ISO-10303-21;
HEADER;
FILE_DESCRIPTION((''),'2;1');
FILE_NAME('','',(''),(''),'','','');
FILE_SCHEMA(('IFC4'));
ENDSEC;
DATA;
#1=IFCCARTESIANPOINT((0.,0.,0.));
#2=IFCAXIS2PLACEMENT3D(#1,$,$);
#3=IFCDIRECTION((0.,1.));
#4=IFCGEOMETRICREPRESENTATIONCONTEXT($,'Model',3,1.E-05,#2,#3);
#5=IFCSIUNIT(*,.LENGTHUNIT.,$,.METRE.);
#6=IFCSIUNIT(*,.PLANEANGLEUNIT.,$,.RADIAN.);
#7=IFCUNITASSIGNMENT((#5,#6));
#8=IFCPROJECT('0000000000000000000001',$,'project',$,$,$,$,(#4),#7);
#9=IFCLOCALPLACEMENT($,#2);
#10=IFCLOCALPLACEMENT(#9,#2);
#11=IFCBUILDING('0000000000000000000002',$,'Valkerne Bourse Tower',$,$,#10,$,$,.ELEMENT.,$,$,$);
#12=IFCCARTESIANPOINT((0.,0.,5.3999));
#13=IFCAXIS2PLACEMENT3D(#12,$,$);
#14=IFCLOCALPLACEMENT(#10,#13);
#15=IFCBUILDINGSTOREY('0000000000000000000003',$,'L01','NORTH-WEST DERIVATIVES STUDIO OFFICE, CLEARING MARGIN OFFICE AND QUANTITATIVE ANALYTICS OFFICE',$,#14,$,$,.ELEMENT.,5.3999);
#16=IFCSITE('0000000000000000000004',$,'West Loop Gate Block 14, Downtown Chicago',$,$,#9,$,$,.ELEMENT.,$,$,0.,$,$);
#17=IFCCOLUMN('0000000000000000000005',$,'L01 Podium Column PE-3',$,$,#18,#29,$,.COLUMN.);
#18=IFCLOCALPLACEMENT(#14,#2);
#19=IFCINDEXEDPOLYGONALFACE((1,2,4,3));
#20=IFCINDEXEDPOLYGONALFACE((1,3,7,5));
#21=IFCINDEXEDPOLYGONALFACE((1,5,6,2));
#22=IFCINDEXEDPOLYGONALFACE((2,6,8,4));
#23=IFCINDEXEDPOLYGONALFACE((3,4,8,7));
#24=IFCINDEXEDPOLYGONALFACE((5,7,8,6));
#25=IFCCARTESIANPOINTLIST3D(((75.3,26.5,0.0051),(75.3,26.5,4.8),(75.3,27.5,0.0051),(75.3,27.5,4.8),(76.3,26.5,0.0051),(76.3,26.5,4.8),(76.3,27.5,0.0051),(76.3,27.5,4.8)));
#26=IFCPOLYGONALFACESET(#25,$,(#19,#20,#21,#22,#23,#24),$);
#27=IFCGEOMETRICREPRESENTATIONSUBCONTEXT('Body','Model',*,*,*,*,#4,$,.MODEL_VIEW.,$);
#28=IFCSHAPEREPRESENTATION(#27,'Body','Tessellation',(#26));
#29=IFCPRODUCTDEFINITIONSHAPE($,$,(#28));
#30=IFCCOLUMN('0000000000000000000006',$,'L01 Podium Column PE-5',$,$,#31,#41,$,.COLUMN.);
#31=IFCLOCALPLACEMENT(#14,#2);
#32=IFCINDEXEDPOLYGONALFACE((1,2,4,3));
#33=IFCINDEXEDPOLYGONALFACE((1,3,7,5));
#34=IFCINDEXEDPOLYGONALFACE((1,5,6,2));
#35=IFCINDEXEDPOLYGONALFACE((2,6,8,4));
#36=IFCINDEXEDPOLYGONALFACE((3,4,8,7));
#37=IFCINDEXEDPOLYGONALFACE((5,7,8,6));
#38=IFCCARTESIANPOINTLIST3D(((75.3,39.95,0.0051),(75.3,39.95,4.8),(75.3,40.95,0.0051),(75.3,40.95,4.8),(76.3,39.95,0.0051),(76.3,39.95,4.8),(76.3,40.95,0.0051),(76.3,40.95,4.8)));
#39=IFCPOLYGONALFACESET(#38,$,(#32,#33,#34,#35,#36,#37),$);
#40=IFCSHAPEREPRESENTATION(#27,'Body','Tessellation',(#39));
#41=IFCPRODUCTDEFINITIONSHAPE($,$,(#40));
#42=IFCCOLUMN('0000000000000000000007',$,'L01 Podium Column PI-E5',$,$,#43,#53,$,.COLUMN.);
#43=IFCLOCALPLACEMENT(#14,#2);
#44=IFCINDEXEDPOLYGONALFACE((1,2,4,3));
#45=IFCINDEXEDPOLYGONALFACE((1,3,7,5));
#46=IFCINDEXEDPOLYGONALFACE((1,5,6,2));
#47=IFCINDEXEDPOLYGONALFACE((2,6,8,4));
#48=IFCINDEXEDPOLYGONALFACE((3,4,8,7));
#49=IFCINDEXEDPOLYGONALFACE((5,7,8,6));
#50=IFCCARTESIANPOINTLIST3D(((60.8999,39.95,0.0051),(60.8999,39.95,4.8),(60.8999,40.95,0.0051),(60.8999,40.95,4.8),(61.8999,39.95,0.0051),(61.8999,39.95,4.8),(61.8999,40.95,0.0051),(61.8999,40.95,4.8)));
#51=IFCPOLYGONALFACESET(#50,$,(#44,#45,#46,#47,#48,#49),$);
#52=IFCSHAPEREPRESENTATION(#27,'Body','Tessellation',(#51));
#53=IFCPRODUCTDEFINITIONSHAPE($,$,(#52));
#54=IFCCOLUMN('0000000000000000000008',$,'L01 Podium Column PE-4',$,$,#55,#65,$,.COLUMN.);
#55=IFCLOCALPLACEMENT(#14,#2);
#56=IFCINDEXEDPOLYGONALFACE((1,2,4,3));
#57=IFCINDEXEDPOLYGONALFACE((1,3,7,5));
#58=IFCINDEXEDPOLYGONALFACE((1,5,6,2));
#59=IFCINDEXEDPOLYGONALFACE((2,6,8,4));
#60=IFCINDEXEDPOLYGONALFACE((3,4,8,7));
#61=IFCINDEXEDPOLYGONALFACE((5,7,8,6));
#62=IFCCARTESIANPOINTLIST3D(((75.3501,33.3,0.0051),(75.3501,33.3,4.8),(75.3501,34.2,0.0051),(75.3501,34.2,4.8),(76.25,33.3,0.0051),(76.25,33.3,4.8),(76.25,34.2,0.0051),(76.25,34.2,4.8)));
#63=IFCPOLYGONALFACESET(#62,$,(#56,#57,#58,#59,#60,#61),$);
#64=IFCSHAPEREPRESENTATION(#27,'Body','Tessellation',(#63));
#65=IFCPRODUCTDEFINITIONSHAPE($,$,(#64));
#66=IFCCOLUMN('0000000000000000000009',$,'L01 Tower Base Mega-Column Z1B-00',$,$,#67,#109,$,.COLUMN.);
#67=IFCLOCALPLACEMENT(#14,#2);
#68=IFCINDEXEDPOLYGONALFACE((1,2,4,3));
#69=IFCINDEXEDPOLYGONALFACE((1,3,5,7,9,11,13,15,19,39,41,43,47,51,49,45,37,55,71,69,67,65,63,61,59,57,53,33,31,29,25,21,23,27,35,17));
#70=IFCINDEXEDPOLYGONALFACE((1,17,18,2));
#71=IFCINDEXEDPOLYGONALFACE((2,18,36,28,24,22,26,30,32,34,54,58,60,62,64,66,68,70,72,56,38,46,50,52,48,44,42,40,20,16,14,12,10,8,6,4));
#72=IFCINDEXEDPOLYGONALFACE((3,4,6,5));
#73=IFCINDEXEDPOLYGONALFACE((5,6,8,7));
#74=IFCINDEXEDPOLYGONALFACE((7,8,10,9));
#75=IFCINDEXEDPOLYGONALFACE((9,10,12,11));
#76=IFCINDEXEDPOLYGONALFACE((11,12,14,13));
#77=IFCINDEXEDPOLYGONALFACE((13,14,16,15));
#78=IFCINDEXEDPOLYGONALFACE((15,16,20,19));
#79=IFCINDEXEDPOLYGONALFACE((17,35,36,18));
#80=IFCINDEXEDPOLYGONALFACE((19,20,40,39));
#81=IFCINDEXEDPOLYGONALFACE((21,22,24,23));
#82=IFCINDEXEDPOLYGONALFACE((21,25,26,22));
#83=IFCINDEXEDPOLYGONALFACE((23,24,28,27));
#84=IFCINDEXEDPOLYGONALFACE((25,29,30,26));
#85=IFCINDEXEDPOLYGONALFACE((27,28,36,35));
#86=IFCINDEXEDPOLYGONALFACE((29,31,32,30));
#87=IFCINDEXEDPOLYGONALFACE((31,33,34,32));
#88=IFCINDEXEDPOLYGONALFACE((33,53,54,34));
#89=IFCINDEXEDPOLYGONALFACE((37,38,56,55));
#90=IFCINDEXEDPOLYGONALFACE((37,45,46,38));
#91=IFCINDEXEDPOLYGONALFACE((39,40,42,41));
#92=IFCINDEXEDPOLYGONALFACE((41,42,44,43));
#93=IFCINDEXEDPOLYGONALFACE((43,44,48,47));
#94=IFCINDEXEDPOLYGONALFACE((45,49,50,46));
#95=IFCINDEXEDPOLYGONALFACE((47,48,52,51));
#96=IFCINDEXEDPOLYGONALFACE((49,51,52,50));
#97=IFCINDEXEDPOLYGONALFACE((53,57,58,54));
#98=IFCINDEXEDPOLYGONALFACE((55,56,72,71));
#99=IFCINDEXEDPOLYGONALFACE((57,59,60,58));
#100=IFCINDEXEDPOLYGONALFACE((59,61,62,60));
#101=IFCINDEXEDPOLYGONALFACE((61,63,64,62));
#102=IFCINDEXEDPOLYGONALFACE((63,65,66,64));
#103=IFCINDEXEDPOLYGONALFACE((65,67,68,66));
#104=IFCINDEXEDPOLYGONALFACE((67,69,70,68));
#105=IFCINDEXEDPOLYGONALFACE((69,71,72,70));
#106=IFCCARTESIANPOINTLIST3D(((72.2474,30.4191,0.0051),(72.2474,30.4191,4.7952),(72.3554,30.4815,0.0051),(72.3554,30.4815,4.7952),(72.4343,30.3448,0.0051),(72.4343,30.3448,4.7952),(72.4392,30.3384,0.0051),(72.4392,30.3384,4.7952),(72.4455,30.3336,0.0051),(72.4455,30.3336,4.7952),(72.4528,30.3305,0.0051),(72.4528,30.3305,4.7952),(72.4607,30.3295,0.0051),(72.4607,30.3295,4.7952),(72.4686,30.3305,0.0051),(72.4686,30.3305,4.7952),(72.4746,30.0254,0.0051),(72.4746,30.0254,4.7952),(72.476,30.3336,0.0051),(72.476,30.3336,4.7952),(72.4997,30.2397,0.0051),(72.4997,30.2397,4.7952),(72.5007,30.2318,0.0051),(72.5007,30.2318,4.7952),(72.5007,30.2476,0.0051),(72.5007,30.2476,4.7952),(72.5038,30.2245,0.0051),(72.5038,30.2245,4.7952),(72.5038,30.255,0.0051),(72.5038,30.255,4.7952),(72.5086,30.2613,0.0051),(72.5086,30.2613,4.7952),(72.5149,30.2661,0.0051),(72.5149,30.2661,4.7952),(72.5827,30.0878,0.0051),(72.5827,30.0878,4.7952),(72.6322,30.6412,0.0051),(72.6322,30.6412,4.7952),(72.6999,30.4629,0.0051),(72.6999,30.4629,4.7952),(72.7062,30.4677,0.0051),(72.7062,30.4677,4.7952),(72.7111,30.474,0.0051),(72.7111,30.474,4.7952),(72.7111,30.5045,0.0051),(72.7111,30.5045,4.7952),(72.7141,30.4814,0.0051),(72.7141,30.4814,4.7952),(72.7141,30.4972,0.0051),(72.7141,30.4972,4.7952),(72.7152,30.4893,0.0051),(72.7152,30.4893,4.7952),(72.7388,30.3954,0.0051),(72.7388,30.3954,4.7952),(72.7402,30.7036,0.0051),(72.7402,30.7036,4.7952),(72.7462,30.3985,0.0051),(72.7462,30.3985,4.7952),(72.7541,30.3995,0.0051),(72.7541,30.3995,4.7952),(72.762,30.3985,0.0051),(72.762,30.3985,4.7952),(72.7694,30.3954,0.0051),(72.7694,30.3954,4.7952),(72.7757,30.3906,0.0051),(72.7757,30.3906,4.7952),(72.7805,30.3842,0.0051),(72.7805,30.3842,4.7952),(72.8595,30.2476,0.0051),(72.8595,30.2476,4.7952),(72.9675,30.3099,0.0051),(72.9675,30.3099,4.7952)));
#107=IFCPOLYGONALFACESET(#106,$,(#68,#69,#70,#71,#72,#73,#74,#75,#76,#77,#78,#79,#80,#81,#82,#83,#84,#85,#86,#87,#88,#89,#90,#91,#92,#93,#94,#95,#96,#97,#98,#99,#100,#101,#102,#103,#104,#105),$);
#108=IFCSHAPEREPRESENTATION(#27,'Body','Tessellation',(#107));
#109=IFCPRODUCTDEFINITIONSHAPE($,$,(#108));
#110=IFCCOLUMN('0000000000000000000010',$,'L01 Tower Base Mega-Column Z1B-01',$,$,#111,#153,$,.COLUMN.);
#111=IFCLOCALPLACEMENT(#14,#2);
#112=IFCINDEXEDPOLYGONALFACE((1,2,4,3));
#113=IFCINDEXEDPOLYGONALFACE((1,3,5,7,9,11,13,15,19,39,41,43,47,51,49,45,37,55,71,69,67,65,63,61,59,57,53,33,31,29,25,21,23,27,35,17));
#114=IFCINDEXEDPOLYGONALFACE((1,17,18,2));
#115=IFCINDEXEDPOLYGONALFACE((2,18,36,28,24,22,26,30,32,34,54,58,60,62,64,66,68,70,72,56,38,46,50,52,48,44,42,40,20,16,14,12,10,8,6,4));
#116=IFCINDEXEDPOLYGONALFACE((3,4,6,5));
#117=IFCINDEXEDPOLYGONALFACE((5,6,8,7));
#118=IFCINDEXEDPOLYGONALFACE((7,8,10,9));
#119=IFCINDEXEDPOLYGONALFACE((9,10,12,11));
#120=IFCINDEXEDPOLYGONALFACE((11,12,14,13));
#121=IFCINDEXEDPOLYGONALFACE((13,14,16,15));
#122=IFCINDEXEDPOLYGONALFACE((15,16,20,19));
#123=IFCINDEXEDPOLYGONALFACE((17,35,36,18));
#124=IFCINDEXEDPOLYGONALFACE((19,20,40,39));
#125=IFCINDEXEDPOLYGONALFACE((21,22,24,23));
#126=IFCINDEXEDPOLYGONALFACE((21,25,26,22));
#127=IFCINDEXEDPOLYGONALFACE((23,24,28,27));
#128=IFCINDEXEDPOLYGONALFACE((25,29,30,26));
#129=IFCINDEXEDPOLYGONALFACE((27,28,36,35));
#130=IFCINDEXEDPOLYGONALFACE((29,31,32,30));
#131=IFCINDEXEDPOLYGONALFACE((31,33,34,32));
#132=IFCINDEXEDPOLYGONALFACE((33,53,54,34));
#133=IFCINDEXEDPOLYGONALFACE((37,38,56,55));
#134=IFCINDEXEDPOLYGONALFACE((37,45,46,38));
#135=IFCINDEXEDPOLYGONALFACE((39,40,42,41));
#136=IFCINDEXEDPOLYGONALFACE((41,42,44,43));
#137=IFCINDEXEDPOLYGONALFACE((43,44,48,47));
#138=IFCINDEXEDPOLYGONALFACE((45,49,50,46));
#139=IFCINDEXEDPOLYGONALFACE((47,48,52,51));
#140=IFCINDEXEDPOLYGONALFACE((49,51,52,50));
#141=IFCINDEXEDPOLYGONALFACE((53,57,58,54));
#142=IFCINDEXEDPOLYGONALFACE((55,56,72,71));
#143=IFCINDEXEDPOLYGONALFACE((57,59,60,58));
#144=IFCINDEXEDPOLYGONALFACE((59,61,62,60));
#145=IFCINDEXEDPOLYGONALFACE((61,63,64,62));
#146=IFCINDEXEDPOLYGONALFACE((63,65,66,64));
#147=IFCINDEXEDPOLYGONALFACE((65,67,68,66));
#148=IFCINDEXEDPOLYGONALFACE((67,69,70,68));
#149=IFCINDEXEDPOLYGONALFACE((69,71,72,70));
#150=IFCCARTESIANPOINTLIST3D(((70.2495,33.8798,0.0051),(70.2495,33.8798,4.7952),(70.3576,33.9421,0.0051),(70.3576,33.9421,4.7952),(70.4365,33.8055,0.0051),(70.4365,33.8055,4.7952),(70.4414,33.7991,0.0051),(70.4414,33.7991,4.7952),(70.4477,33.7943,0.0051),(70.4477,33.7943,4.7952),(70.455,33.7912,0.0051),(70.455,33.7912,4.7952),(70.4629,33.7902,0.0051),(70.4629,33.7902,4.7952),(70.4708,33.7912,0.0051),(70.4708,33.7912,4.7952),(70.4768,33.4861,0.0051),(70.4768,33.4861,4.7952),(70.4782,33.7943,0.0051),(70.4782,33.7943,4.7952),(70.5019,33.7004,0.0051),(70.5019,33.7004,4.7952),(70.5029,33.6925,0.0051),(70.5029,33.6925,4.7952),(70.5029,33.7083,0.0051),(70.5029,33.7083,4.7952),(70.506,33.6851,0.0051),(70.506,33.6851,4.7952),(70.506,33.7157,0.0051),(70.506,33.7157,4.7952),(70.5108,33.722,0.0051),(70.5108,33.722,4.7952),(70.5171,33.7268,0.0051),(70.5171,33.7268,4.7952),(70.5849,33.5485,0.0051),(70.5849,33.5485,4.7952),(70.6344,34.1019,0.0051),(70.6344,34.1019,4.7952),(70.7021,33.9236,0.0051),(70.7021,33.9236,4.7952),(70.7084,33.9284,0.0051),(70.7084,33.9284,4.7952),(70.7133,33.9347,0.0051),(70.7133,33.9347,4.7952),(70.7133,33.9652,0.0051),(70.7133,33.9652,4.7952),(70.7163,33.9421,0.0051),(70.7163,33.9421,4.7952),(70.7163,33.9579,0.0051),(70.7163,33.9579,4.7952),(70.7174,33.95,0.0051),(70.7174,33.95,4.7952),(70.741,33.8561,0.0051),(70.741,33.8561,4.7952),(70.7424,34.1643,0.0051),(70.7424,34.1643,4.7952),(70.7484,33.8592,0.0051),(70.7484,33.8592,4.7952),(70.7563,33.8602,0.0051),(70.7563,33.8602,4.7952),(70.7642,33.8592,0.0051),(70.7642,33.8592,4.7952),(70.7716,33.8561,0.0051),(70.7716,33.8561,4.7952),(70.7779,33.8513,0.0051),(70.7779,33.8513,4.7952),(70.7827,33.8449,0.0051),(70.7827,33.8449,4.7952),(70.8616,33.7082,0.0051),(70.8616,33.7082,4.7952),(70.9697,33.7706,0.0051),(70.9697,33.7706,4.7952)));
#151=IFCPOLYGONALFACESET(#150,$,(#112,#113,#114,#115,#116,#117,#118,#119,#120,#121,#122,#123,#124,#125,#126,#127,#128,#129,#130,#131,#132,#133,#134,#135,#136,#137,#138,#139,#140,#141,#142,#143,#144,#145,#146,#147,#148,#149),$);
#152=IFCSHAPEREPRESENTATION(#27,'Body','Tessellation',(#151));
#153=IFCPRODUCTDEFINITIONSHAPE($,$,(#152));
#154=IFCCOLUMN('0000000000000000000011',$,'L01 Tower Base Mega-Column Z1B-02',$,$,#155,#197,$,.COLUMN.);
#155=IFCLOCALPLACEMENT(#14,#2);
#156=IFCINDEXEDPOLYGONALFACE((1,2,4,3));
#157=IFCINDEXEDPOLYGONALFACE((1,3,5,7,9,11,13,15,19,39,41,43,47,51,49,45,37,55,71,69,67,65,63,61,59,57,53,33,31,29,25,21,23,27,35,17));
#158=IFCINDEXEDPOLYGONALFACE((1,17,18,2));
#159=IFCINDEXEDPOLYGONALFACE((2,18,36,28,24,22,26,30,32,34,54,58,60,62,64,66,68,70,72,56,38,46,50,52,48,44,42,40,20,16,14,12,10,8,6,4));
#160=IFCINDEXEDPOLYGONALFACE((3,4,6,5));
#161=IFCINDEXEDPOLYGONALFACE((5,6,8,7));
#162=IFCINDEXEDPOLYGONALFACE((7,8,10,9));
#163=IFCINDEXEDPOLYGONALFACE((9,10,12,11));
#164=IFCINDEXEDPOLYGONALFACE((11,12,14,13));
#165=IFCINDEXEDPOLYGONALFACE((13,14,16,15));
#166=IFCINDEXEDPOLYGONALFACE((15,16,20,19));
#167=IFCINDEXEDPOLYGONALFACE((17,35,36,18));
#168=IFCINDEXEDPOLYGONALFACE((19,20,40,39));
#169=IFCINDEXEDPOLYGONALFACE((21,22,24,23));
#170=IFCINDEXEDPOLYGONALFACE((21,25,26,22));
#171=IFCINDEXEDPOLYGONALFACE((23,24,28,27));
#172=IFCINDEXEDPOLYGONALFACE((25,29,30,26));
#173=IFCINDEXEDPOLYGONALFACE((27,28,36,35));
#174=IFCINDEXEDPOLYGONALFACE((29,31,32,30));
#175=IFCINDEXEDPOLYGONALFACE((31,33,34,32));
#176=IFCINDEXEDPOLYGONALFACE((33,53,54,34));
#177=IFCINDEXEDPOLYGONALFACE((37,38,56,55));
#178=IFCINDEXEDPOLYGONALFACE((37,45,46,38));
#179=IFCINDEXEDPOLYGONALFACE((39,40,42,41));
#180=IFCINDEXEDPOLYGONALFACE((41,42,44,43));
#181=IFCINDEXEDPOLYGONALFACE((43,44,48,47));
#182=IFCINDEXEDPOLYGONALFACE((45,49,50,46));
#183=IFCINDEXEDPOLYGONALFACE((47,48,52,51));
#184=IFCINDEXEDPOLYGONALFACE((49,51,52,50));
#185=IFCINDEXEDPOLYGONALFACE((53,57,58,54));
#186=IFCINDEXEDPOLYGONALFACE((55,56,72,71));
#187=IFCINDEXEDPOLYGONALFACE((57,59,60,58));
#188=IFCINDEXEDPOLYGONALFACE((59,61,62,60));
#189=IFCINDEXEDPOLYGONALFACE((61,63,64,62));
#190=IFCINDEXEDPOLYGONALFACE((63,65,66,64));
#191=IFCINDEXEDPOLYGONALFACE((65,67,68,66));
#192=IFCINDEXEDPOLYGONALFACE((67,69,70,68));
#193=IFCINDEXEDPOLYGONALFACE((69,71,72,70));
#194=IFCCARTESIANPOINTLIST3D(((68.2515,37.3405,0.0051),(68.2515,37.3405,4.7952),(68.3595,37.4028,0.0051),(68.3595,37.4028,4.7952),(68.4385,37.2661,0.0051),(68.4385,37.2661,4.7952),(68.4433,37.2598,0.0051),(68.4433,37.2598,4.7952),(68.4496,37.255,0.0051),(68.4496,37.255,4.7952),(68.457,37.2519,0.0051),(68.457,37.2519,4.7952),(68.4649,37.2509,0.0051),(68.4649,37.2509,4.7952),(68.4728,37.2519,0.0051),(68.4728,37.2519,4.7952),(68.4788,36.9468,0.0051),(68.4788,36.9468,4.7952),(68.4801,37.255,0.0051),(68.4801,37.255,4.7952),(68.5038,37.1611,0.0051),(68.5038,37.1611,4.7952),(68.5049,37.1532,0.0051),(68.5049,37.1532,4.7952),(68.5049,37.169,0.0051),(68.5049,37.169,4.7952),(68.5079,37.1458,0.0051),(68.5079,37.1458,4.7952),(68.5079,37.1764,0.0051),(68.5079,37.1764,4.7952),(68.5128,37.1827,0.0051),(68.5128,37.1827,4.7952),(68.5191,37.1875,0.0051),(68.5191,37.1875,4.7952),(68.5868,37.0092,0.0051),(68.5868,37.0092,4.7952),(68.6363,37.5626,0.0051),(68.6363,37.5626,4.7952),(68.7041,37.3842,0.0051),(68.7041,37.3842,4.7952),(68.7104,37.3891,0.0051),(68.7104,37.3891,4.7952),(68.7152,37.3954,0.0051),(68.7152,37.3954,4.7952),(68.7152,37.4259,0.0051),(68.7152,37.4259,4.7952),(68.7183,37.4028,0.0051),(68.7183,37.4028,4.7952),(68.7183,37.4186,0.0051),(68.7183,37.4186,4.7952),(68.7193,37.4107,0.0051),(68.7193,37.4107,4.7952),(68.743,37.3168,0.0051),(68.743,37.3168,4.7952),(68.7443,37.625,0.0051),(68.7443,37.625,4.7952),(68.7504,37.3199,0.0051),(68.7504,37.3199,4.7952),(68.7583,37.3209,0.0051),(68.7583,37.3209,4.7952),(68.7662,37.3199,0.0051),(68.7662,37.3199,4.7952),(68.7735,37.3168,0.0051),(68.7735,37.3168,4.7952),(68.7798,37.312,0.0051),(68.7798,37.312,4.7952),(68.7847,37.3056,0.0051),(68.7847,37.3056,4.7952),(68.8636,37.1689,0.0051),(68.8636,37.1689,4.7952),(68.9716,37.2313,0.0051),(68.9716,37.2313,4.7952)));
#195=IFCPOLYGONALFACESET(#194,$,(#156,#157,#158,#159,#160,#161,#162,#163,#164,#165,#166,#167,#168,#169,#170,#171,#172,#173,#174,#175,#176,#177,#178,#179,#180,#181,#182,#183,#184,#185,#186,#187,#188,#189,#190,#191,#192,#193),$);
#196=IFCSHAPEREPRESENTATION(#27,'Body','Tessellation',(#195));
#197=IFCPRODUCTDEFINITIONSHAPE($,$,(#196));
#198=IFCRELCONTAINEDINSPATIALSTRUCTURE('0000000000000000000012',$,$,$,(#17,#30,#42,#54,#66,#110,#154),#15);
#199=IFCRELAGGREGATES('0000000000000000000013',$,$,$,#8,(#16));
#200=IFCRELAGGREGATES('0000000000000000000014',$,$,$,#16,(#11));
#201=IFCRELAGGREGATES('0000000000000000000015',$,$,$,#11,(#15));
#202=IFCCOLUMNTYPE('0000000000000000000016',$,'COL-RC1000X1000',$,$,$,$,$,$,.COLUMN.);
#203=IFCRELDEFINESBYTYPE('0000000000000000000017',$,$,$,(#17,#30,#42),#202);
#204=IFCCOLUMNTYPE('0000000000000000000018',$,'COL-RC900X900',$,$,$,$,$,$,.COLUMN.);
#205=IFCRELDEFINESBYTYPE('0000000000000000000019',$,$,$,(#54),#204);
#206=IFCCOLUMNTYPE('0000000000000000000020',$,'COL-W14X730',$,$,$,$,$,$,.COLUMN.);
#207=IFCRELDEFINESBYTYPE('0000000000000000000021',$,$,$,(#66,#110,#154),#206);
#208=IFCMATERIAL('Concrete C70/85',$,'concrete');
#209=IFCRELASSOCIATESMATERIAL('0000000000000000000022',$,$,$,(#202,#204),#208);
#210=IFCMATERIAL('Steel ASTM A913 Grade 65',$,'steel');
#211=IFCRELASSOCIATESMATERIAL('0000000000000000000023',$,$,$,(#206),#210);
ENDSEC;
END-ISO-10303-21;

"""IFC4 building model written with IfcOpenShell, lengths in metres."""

from ifc_helpers import new_model, si_unit, direction, frame, origin, origin_2d, place, context, subcontext, project, spatial, rectangle, i_section, extrude, material, material_profile, profile_set, type_object, element, save


model = new_model("IFC4")

# Units and contexts
model_context = context("Model", 3, precision=1e-05, world=origin(), true_north=direction((0.0, 1.0)))
body_context = subcontext(model_context, "Body", "Model", "MODEL_VIEW")
ifc_project = project(units=[si_unit("LENGTHUNIT", "METRE"), si_unit("PLANEANGLEUNIT", "RADIAN")], contexts=[model_context])

# Site, building, storey
site_placement = place(None, origin())
site = spatial("IfcSite", under=ifc_project, at=site_placement, Name="West Loop Gate Block 14, Downtown Chicago", CompositionType="ELEMENT", RefElevation=0.0)
building_placement = place(site_placement, origin())
building = spatial("IfcBuilding", under=site, at=building_placement, Name="Valkerne Bourse Tower", CompositionType="ELEMENT")
storey_placement = place(building_placement, frame((0.0, 0.0, 5.3999)))
storey = spatial("IfcBuildingStorey", under=building, at=storey_placement, Name="L01", Description="NORTH-WEST DERIVATIVES STUDIO OFFICE, CLEARING MARGIN OFFICE AND QUANTITATIVE ANALYTICS OFFICE", CompositionType="ELEMENT", Elevation=5.3999)

# Columns
ifc_material_1 = material(Name="Concrete C70/85", Category="concrete")
ifc_material_profile_1 = material_profile(ifc_material_1, rectangle(XDim=1.0, YDim=1.0, at=origin_2d()), Name="RC1000X1000")
ifc_profile_set_1 = profile_set([ifc_material_profile_1], Name="Concrete C70/85")
column_type_1 = type_object("IfcColumnType", Name="COL-RC1000X1000", PredefinedType="COLUMN", material=ifc_profile_set_1)
for number, where, z_axis, x_axis, name in (
    (1, (75.8, 27.0, 0.0051), (0.0, 0.0, 1.0), (1.0, 0.0, 0.0), "L01 Podium Column PE-3"),
    (2, (75.8, 40.45, 0.0051), (0.0, 0.0, 1.0), (1.0, 0.0, 0.0), "L01 Podium Column PE-5"),
    (3, (61.3999, 40.45, 0.0051), (0.0, 0.0, 1.0), (1.0, 0.0, 0.0), "L01 Podium Column PI-E5"),
):
    element("IfcColumn", number, at=place(storey_placement, frame(where, z_axis=z_axis, x_axis=x_axis)), inside=storey, type_object=column_type_1, Name=name, PredefinedType="COLUMN", context=body_context, shape_type="SweptSolid", body=[
        extrude(rectangle(XDim=1.0, YDim=1.0, at=origin_2d()), origin(), (0.0, 0.0, 1.0), 4.7949),
    ])
ifc_material_profile_2 = material_profile(ifc_material_1, rectangle(XDim=0.8999, YDim=0.8999, at=origin_2d()), Name="RC900X900")
ifc_profile_set_2 = profile_set([ifc_material_profile_2], Name="Concrete C70/85")
column_type_2 = type_object("IfcColumnType", Name="COL-RC900X900", PredefinedType="COLUMN", material=ifc_profile_set_2)
column_placement = place(storey_placement, frame((75.8, 33.75, 0.0051), z_axis=(0.0, 0.0, 1.0), x_axis=(1.0, 0.0, 0.0)))
element("IfcColumn", 4, at=column_placement, inside=storey, type_object=column_type_2, Name="L01 Podium Column PE-4", PredefinedType="COLUMN", context=body_context, shape_type="SweptSolid", body=[
    extrude(rectangle(XDim=0.8999, YDim=0.8999, at=origin_2d()), origin(), (0.0, 0.0, 1.0), 4.7949),
])
ifc_material_2 = material(Name="Steel ASTM A913 Grade 65", Category="steel")
ifc_material_profile_3 = material_profile(ifc_material_2, i_section(OverallWidth=0.4546, OverallDepth=0.5691, WebThickness=0.0779, FlangeThickness=0.1248, FilletRadius=0.0305, at=origin_2d()), Name="W14X730")
ifc_profile_set_3 = profile_set([ifc_material_profile_3], Name="Steel ASTM A913 Grade 65")
column_type_3 = type_object("IfcColumnType", Name="COL-W14X730", PredefinedType="COLUMN", material=ifc_profile_set_3)
for number, where, z_axis, x_axis, name in (
    (5, (72.6074, 30.3645, 0.0051), (0.0, 0.0, 1.0), (-0.5, 0.866025, 0.0), "L01 Tower Base Mega-Column Z1B-00"),
    (6, (70.6096, 33.8252, 0.0051), (0.0, 0.0, 1.0), (-0.5, 0.866025, 0.0), "L01 Tower Base Mega-Column Z1B-01"),
    (7, (68.6116, 37.2859, 0.0051), (0.0, 0.0, 1.0), (-0.5, 0.866025, 0.0), "L01 Tower Base Mega-Column Z1B-02"),
):
    element("IfcColumn", number, at=place(storey_placement, frame(where, z_axis=z_axis, x_axis=x_axis)), inside=storey, type_object=column_type_3, Name=name, PredefinedType="COLUMN", context=body_context, shape_type="SweptSolid", body=[
        extrude(i_section(OverallWidth=0.4546, OverallDepth=0.5691, WebThickness=0.0779, FlangeThickness=0.1248, FilletRadius=0.0305, at=origin_2d()), origin(), (0.0, 0.0, 1.0), 4.79),
    ])

save(model, "model.ifc")
